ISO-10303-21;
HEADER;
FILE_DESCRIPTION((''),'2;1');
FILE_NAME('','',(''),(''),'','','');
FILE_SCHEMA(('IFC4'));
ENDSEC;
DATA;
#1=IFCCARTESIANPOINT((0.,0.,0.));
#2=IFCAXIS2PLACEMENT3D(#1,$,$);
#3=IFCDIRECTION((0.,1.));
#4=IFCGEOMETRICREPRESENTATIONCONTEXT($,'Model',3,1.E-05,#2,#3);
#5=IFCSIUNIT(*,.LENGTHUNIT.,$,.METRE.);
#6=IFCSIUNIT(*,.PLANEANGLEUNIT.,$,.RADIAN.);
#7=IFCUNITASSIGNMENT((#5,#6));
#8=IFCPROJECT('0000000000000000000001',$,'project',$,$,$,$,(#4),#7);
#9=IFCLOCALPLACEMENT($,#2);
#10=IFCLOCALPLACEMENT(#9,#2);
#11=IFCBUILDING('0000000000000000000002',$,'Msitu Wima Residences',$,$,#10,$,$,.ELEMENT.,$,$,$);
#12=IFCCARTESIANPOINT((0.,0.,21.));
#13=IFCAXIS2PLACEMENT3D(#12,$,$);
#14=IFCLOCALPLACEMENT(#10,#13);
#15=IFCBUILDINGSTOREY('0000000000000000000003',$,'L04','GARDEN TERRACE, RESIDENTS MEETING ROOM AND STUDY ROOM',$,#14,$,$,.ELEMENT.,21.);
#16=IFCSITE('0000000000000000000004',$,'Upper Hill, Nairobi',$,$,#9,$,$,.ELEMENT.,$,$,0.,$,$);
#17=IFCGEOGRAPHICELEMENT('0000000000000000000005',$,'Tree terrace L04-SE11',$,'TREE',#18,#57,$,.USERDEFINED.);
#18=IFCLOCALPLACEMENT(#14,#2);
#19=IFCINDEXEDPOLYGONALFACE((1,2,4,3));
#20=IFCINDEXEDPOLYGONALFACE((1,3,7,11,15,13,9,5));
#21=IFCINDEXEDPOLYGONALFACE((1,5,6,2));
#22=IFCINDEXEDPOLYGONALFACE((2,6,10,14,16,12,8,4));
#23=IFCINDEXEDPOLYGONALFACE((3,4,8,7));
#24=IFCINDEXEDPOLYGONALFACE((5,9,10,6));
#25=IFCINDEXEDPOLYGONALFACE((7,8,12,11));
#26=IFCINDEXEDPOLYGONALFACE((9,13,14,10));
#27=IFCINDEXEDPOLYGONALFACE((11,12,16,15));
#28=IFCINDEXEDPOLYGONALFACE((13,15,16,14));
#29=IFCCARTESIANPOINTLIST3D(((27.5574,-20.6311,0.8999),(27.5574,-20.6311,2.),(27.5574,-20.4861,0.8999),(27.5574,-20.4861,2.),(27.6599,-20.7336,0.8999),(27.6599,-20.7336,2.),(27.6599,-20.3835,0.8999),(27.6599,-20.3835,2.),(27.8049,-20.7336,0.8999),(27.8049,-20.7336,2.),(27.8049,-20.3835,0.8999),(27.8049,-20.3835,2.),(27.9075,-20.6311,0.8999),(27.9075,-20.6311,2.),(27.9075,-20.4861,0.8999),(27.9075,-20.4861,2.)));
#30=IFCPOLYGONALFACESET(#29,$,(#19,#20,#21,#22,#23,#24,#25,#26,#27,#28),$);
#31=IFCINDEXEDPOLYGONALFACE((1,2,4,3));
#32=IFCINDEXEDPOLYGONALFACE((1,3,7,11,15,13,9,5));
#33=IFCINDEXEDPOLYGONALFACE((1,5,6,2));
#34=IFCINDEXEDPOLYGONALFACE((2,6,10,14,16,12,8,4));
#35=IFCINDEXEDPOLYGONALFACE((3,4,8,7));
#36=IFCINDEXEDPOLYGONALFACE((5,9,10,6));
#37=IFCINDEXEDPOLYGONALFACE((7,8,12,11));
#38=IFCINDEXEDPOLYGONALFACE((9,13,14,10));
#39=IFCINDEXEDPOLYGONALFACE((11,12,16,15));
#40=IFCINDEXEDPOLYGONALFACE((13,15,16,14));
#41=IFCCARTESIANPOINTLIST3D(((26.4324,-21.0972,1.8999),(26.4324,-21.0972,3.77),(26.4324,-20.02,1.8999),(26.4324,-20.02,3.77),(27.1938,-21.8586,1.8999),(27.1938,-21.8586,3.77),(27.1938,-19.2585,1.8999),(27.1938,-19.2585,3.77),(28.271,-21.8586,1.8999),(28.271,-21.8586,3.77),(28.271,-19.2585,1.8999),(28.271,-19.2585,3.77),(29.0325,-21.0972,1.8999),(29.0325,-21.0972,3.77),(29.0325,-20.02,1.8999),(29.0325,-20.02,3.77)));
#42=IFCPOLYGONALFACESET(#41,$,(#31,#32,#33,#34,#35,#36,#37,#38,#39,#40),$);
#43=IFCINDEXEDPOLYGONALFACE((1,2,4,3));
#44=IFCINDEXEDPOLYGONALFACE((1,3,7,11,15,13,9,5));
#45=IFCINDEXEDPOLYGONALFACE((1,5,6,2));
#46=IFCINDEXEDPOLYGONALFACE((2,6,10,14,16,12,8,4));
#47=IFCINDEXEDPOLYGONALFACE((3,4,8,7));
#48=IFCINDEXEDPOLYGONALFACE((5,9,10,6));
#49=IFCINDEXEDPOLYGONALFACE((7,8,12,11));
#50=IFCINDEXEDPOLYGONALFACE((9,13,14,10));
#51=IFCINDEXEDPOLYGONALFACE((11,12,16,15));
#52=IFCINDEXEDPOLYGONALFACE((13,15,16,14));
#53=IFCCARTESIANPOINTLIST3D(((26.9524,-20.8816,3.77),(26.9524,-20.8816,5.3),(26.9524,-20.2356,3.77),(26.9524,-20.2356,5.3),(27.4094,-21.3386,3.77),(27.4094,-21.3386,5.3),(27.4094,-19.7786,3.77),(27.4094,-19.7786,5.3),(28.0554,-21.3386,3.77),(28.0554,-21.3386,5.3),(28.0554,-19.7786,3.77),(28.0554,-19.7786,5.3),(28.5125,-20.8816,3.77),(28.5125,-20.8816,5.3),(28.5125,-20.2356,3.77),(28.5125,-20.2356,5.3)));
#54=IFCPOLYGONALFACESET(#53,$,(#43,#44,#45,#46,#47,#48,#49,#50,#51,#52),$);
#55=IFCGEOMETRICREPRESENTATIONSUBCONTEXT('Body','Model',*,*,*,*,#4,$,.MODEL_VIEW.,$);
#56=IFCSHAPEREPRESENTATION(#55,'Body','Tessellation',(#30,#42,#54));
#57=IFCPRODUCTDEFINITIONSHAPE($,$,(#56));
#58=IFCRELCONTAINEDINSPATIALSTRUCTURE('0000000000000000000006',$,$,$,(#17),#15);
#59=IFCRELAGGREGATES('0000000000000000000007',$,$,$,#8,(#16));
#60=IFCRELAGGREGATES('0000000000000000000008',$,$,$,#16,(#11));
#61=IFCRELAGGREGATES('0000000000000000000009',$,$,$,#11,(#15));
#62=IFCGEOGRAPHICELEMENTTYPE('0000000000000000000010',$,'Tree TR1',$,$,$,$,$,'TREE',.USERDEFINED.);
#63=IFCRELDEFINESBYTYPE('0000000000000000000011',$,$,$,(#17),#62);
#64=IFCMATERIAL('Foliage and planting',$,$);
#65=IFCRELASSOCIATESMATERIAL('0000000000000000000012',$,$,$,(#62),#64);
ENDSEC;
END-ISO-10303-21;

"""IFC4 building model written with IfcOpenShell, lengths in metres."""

from ifc_helpers import new_model, si_unit, direction, frame, origin, place, context, subcontext, project, spatial, polyline, outline, extrude, material, type_object, element, save


model = new_model("IFC4")

# Units and contexts
model_context = context("Model", 3, precision=1e-05, world=origin(), true_north=direction((0.0, 1.0)))
body_context = subcontext(model_context, "Body", "Model", "MODEL_VIEW")
ifc_project = project(units=[si_unit("LENGTHUNIT", "METRE"), si_unit("PLANEANGLEUNIT", "RADIAN")], contexts=[model_context])

# Site, building, storey
site_placement = place(None, origin())
site = spatial("IfcSite", under=ifc_project, at=site_placement, Name="Upper Hill, Nairobi", CompositionType="ELEMENT", RefElevation=0.0)
building_placement = place(site_placement, origin())
building = spatial("IfcBuilding", under=site, at=building_placement, Name="Msitu Wima Residences", CompositionType="ELEMENT")
storey_placement = place(building_placement, frame((0.0, 0.0, 21.0)))
storey = spatial("IfcBuildingStorey", under=building, at=storey_placement, Name="L04", Description="GARDEN TERRACE, RESIDENTS MEETING ROOM AND STUDY ROOM", CompositionType="ELEMENT", Elevation=21.0)

# Geographic element
ifc_material_1 = material(Name="Foliage and planting")
geographic_element_type = type_object("IfcGeographicElementType", Name="Tree TR1", ElementType="TREE", PredefinedType="USERDEFINED", material=ifc_material_1)
for number, where, z_axis, x_axis, name in (
    (1, (27.7324, -20.5586, 0.8999), (0.0, 0.0, 1.0), (1.0, 0.0, 0.0), "Tree terrace L04-SE11"),
):
    element("IfcGeographicElement", number, at=place(storey_placement, frame(where, z_axis=z_axis, x_axis=x_axis)), inside=storey, type_object=geographic_element_type, Name=name, ObjectType="TREE", PredefinedType="USERDEFINED", context=body_context, shape_type="SweptSolid", body=[
        extrude(outline(polyline([(0.175, 0.0725), (0.0725, 0.175), (-0.0725, 0.175), (-0.175, 0.0725), (-0.175, -0.0725), (-0.0725, -0.175), (0.0725, -0.175), (0.175, -0.0725), (0.175, 0.0725)])), origin(), (0.0, 0.0, 1.0), 1.1001),
        extrude(outline(polyline([(1.3, 0.5386), (0.5386, 1.3), (-0.5386, 1.3), (-1.3, 0.5386), (-1.3, -0.5386), (-0.5386, -1.3), (0.5386, -1.3), (1.3, -0.5386), (1.3, 0.5386)])), frame((0.0, 0.0, 1.0)), (0.0, 0.0, 1.0), 1.8701),
        extrude(outline(polyline([(0.78, 0.323), (0.323, 0.78), (-0.323, 0.78), (-0.78, 0.323), (-0.78, -0.323), (-0.323, -0.78), (0.323, -0.78), (0.78, -0.323), (0.78, 0.323)])), frame((0.0, 0.0, 2.8701)), (0.0, 0.0, 1.0), 1.53),
    ])

save(model, "model.ifc")
